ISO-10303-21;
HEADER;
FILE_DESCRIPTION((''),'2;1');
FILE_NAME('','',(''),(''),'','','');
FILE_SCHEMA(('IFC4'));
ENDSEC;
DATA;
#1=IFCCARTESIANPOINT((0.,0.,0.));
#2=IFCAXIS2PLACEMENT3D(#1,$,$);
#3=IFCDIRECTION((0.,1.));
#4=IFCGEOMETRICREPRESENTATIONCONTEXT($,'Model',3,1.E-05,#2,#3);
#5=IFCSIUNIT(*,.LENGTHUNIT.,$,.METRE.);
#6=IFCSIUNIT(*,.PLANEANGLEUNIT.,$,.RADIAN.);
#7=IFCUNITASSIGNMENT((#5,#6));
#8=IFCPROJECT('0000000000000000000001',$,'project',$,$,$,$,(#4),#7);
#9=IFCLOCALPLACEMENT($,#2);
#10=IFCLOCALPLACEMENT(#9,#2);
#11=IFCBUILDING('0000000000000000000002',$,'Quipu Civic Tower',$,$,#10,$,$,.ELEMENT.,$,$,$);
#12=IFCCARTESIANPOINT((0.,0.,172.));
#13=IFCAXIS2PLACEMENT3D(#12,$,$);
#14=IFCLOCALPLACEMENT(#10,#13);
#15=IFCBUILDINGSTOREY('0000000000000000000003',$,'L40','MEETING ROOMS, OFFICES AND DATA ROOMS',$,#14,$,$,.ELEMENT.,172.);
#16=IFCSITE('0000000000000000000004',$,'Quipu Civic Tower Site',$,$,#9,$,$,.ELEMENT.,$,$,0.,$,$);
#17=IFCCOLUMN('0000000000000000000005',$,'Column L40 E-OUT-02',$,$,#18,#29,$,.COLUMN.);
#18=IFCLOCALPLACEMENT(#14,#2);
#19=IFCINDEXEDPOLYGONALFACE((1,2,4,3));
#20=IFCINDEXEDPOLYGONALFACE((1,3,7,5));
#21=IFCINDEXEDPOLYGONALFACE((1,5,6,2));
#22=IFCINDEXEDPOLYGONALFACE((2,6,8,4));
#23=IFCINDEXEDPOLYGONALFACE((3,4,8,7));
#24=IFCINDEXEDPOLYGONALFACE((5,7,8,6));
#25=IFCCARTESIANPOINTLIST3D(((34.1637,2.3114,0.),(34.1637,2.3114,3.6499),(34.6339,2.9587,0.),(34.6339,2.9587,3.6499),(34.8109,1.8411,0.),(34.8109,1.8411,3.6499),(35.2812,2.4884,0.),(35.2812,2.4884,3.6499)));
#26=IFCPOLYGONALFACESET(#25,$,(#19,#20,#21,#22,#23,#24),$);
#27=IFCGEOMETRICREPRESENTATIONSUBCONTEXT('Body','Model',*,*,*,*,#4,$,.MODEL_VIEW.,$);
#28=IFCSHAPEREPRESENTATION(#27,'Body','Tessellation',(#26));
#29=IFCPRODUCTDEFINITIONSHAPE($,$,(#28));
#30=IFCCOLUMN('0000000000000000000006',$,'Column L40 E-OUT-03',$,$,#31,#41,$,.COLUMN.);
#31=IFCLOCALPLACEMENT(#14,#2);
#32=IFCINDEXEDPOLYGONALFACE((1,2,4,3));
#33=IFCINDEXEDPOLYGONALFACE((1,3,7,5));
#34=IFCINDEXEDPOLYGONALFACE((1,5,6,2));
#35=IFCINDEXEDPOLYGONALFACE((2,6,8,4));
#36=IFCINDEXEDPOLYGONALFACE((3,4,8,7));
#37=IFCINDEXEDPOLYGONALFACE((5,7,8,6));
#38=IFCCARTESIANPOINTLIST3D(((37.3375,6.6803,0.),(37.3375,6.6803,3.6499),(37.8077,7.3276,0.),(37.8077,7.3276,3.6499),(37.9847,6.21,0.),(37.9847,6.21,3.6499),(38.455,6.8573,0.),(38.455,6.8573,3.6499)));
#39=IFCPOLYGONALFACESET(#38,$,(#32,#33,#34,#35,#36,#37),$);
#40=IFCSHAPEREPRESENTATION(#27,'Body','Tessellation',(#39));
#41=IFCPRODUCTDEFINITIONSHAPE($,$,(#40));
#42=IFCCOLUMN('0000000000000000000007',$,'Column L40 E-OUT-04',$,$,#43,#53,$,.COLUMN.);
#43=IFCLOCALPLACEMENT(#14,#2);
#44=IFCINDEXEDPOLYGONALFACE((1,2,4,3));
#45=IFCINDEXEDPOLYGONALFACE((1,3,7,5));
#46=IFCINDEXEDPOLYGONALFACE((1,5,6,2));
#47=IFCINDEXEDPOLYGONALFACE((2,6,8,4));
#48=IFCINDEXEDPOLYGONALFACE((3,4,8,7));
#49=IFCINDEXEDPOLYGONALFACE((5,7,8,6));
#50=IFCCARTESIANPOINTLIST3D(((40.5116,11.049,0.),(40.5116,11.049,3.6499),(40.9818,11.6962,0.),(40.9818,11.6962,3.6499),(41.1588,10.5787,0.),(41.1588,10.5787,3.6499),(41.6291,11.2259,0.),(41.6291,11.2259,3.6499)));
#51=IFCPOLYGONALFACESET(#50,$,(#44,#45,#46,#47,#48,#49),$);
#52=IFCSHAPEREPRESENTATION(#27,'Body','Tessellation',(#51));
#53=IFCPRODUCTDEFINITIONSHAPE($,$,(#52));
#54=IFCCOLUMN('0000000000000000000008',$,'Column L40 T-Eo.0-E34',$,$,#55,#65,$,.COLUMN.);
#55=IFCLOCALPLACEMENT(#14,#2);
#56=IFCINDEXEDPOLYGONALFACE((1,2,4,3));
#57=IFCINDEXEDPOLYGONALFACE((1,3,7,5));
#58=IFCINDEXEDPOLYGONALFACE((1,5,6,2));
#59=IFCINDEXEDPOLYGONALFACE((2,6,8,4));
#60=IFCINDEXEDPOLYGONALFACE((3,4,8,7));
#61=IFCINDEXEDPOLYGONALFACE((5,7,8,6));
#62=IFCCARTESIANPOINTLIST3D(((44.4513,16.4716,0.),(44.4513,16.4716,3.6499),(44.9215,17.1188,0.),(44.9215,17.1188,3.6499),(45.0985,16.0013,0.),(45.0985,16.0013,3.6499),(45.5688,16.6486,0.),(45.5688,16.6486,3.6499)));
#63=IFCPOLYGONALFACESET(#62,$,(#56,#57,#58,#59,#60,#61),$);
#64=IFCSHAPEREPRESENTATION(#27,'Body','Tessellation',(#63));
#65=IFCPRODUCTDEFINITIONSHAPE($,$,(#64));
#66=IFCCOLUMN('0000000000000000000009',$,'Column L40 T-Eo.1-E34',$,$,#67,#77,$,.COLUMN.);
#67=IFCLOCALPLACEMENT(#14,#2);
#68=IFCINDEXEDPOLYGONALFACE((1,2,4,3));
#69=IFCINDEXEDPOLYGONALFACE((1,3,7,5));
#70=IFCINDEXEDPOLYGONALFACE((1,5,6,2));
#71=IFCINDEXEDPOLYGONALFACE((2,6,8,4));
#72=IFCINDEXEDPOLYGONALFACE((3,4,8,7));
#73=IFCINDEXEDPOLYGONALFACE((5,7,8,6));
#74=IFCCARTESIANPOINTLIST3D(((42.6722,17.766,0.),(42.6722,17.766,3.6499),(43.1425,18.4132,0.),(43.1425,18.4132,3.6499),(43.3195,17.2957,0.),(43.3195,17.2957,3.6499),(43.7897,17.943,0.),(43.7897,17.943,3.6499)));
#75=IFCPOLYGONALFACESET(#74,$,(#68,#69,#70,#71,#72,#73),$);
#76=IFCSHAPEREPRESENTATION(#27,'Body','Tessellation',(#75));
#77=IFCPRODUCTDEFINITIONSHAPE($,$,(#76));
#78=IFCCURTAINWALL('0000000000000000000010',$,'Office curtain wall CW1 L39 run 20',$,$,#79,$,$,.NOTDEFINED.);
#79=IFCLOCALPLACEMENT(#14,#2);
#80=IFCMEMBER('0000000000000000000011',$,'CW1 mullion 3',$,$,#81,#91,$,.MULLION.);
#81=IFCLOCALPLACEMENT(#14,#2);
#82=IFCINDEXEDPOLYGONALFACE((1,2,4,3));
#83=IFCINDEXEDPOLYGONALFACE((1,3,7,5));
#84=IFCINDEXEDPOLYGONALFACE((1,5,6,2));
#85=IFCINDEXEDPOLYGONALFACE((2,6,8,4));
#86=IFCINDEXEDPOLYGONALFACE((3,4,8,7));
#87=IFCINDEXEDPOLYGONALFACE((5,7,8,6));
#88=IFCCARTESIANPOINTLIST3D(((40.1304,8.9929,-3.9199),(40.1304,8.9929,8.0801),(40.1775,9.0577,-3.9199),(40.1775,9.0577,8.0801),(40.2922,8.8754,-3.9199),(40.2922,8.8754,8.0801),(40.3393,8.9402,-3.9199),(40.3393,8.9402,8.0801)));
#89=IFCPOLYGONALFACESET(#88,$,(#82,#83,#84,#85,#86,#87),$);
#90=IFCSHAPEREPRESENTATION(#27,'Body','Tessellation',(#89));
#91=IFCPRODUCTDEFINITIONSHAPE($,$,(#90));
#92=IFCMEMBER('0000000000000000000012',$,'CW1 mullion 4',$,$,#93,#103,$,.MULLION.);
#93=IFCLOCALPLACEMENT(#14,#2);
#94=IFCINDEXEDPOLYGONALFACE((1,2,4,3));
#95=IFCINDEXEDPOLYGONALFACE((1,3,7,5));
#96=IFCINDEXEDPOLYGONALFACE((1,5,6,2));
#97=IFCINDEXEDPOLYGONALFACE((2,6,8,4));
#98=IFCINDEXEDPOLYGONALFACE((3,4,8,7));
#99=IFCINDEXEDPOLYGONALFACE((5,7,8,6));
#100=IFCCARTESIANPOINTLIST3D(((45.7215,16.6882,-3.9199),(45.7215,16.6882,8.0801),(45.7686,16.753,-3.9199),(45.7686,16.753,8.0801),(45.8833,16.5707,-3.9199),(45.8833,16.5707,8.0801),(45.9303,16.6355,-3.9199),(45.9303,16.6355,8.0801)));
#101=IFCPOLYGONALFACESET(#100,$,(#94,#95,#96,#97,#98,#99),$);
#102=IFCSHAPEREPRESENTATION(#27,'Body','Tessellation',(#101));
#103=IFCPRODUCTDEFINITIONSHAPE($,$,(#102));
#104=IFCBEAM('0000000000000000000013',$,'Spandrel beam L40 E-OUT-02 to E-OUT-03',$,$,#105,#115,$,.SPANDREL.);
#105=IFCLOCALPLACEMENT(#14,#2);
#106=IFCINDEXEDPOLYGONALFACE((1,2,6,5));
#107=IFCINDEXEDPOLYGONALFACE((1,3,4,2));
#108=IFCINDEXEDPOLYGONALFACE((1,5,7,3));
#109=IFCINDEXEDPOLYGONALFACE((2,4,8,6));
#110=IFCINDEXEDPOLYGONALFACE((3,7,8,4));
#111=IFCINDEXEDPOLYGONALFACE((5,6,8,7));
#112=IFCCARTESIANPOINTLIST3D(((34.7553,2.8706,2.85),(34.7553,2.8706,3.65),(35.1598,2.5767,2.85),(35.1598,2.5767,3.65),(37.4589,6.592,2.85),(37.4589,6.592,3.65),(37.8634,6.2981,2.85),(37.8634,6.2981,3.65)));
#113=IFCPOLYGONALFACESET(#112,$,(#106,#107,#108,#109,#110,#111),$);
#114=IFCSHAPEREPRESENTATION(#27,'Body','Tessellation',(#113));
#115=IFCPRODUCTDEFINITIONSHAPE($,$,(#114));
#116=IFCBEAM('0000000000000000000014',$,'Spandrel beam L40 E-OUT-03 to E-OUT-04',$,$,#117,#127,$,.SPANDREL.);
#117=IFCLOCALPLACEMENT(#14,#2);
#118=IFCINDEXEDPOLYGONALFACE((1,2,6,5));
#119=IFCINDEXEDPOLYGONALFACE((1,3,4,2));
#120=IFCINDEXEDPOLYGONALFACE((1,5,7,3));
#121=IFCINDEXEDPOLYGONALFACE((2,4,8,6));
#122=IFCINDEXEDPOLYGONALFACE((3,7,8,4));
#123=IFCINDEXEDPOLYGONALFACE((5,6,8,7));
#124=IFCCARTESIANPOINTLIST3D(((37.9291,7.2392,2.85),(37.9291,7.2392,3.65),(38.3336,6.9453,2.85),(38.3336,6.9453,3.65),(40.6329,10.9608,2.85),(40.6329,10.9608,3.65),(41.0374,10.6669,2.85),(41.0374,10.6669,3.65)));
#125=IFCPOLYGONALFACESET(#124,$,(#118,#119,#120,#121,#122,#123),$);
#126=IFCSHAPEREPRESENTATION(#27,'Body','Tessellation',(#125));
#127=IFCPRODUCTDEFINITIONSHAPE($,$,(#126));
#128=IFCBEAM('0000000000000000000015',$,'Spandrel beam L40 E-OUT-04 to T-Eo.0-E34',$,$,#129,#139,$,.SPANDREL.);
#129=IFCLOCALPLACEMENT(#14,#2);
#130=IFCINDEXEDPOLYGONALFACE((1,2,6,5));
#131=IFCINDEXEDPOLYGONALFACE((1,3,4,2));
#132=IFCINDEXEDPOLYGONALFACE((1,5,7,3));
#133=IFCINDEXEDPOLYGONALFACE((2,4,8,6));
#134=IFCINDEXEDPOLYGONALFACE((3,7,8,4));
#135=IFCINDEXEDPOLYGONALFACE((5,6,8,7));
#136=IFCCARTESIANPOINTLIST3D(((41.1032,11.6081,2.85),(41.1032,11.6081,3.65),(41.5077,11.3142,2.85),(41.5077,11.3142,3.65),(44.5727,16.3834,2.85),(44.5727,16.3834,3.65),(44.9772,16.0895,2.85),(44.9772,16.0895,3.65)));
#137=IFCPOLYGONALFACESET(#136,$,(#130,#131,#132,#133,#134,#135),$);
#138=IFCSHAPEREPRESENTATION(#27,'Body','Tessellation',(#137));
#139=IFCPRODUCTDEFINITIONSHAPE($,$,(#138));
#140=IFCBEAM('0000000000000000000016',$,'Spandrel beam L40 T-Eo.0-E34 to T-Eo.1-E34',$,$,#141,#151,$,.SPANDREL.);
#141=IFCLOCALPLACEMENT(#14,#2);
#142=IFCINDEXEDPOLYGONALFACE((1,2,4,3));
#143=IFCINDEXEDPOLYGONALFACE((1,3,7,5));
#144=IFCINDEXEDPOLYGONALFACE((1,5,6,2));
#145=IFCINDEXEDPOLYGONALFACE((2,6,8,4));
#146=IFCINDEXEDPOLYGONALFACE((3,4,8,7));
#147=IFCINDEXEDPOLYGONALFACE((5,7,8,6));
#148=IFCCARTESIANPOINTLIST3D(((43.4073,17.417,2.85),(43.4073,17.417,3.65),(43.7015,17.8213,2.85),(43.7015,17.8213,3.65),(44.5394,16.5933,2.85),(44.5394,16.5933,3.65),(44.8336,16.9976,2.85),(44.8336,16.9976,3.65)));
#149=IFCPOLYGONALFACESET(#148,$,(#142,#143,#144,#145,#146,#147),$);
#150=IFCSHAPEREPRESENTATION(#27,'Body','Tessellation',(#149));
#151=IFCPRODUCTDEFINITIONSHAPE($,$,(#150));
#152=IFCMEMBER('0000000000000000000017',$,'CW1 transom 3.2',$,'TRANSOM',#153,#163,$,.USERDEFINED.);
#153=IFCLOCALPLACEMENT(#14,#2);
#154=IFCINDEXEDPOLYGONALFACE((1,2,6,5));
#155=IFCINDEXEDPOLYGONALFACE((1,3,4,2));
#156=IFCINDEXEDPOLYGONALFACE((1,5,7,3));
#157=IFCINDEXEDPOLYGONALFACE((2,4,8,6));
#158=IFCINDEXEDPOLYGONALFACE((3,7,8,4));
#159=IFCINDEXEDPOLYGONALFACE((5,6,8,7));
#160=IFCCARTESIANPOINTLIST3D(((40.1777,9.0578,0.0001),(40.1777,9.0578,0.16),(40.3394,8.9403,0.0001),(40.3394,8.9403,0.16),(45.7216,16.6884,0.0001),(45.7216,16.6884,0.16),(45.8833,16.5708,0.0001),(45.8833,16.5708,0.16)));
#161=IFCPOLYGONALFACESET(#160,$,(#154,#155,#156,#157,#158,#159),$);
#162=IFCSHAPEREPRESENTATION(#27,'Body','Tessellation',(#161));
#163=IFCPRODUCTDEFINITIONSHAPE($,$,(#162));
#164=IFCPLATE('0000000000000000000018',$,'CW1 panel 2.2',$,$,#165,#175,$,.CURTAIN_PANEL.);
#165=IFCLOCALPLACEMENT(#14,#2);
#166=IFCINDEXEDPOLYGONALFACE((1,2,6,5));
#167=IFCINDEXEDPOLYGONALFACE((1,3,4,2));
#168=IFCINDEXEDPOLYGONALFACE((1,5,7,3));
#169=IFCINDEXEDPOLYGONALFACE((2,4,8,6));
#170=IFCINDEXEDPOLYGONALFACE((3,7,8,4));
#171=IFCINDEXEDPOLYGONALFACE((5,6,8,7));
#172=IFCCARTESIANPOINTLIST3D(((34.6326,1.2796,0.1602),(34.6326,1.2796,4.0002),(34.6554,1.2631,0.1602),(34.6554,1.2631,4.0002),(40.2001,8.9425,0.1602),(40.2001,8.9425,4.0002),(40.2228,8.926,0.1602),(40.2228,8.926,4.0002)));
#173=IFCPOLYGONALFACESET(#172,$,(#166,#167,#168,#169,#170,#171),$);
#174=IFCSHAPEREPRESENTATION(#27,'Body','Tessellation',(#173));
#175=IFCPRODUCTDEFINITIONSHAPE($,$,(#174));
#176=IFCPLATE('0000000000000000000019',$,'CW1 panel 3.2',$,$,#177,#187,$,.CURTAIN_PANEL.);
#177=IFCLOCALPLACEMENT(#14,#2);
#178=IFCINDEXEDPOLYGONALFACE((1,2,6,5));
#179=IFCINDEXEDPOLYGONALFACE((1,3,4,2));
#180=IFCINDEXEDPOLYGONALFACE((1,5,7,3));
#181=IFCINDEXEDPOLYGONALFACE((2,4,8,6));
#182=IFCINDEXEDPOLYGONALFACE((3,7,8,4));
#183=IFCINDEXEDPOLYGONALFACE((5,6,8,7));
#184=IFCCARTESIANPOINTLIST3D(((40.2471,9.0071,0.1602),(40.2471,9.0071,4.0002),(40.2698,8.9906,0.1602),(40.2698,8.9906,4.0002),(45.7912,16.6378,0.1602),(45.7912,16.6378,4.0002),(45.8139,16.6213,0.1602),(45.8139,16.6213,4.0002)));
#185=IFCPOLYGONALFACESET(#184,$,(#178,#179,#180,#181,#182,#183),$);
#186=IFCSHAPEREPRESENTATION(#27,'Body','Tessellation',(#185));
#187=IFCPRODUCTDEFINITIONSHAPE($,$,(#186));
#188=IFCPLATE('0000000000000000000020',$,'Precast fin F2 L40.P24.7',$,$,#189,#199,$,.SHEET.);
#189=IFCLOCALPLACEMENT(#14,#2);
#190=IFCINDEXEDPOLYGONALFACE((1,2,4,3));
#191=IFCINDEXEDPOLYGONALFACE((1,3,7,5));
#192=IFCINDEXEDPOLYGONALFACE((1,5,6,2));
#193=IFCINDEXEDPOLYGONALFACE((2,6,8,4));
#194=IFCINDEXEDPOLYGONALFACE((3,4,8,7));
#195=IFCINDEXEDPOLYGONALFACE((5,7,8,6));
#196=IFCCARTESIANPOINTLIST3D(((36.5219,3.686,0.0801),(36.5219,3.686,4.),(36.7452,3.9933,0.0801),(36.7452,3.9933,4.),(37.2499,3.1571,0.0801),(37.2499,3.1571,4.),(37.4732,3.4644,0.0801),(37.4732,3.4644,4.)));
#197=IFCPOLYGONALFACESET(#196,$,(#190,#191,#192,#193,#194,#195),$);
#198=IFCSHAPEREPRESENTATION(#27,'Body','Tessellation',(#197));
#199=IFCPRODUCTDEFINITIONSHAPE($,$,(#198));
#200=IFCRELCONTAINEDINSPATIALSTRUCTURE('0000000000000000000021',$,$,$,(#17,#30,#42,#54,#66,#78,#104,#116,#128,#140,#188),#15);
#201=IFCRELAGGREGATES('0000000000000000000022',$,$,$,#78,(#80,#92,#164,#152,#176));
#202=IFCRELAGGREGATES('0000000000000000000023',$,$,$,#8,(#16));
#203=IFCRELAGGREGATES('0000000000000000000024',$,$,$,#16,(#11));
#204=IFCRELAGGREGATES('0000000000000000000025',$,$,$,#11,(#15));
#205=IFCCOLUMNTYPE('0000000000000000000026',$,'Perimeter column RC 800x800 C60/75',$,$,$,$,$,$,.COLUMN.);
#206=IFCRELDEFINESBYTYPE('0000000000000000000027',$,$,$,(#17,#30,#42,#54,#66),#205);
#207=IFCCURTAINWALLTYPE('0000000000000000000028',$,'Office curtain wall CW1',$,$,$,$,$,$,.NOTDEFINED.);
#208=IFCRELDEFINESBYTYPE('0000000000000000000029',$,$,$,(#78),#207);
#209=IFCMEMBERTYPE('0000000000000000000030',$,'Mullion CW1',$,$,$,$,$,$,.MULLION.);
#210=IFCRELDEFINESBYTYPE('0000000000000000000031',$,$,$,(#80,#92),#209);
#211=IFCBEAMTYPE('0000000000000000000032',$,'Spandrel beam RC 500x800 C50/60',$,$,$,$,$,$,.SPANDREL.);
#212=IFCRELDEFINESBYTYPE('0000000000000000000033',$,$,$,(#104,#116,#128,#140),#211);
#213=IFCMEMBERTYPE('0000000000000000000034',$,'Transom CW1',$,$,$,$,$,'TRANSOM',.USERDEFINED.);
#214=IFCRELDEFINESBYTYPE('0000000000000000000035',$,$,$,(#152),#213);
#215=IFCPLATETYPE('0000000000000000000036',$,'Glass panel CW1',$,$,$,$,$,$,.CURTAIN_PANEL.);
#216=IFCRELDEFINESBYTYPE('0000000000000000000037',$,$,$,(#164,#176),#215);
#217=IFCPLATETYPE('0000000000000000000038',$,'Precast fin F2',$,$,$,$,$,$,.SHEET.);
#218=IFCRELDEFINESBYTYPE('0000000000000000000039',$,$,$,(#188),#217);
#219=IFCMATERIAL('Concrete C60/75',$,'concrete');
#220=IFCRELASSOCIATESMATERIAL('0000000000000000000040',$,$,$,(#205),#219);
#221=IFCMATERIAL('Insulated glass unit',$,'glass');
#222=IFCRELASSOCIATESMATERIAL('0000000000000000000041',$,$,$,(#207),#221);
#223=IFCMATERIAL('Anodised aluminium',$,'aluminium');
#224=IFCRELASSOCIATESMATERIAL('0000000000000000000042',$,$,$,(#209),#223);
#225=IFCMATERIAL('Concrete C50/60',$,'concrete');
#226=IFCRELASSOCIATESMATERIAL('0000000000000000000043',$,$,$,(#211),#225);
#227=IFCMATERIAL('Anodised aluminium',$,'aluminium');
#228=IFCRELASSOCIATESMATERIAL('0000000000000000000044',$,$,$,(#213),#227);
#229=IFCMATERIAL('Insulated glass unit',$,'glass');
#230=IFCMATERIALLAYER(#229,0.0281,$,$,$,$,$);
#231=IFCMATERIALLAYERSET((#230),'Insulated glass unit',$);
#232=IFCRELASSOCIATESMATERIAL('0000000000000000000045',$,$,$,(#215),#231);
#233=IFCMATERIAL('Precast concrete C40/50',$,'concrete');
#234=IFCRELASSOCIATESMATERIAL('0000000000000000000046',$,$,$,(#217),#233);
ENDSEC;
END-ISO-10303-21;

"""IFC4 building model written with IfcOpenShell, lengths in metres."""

from ifc_helpers import new_model, si_unit, direction, frame, origin, origin_2d, place, context, subcontext, project, spatial, rectangle, extrude, material, layer, layer_set, material_profile, profile_set, type_object, element, aggregate, save


model = new_model("IFC4")

# Units and contexts
model_context = context("Model", 3, precision=1e-05, world=origin(), true_north=direction((0.0, 1.0)))
body_context = subcontext(model_context, "Body", "Model", "MODEL_VIEW")
ifc_project = project(units=[si_unit("LENGTHUNIT", "METRE"), si_unit("PLANEANGLEUNIT", "RADIAN")], contexts=[model_context])

# Site, building, storey
site_placement = place(None, origin())
site = spatial("IfcSite", under=ifc_project, at=site_placement, Name="Quipu Civic Tower Site", CompositionType="ELEMENT", RefElevation=0.0)
building_placement = place(site_placement, origin())
building = spatial("IfcBuilding", under=site, at=building_placement, Name="Quipu Civic Tower", CompositionType="ELEMENT")
storey_placement = place(building_placement, frame((0.0, 0.0, 172.0)))
storey = spatial("IfcBuildingStorey", under=building, at=storey_placement, Name="L40", Description="MEETING ROOMS, OFFICES AND DATA ROOMS", CompositionType="ELEMENT", Elevation=172.0)

# Columns
ifc_material_1 = material(Name="Concrete C60/75", Category="concrete")
ifc_material_profile_1 = material_profile(ifc_material_1, rectangle(XDim=0.8, YDim=0.8, at=origin_2d()), Name="RC800x800")
ifc_profile_set_1 = profile_set([ifc_material_profile_1], Name="Concrete C60/75")
column_type = type_object("IfcColumnType", Name="Perimeter column RC 800x800 C60/75", PredefinedType="COLUMN", material=ifc_profile_set_1)
for number, where, z_axis, x_axis, name in (
    (1, (34.7224, 2.3999, 0.0), (0.0, 0.0, 1.0), (0.587785, 0.809017, 0.0), "Column L40 E-OUT-02"),
    (2, (37.8962, 6.7688, 0.0), (0.0, 0.0, 1.0), (0.587785, 0.809017, 0.0), "Column L40 E-OUT-03"),
    (3, (41.0703, 11.1375, 0.0), (0.0, 0.0, 1.0), (0.587785, 0.809017, 0.0), "Column L40 E-OUT-04"),
    (4, (45.01, 16.5601, 0.0), (0.0, 0.0, 1.0), (0.587785, 0.809017, 0.0), "Column L40 T-Eo.0-E34"),
    (5, (43.231, 17.8545, 0.0), (0.0, 0.0, 1.0), (0.587785, 0.809017, 0.0), "Column L40 T-Eo.1-E34"),
):
    element("IfcColumn", number, at=place(storey_placement, frame(where, z_axis=z_axis, x_axis=x_axis)), inside=storey, type_object=column_type, Name=name, PredefinedType="COLUMN", context=body_context, shape_type="SweptSolid", body=[
        extrude(rectangle(XDim=0.8, YDim=0.8, at=origin_2d()), origin(), (0.0, 0.0, 1.0), 3.6499),
    ])

# Curtain wall, members
ifc_material_2 = material(Name="Insulated glass unit", Category="glass")
curtain_wall_type = type_object("IfcCurtainWallType", Name="Office curtain wall CW1", PredefinedType="NOTDEFINED", material=ifc_material_2)
curtain_wall_placement = place(storey_placement, origin())
curtain_wall = element("IfcCurtainWall", 6, at=curtain_wall_placement, inside=storey, type_object=curtain_wall_type, Name="Office curtain wall CW1 L39 run 20", PredefinedType="NOTDEFINED")
ifc_material_3 = material(Name="Anodised aluminium", Category="aluminium")
ifc_material_profile_2 = material_profile(ifc_material_3, rectangle(XDim=0.2, YDim=0.0801, at=origin_2d()), Name="RECT 200x80")
ifc_profile_set_2 = profile_set([ifc_material_profile_2], Name="Anodised aluminium")
member_type_1 = type_object("IfcMemberType", Name="Mullion CW1", PredefinedType="MULLION", material=ifc_profile_set_2)
member_1_placement = place(storey_placement, frame((40.2349, 8.9666, -3.9199), z_axis=(0.0, 0.0, 1.0), x_axis=(-0.809017, 0.587786, 0.0)))
member_1 = element("IfcMember", 7, at=member_1_placement, type_object=member_type_1, Name="CW1 mullion 3", PredefinedType="MULLION", context=body_context, shape_type="SweptSolid", body=[
    extrude(rectangle(XDim=0.2, YDim=0.0801, at=origin_2d()), origin(), (0.0, 0.0, 1.0), 12.0),
])
member_2_placement = place(storey_placement, frame((45.8259, 16.6619, -3.9199), z_axis=(0.0, 0.0, 1.0), x_axis=(-0.809017, 0.587786, 0.0)))
member_2 = element("IfcMember", 8, at=member_2_placement, type_object=member_type_1, Name="CW1 mullion 4", PredefinedType="MULLION", context=body_context, shape_type="SweptSolid", body=[
    extrude(rectangle(XDim=0.2, YDim=0.0801, at=origin_2d()), origin(), (0.0, 0.0, 1.0), 12.0),
])

# Beams
ifc_material_4 = material(Name="Concrete C50/60", Category="concrete")
ifc_material_profile_3 = material_profile(ifc_material_4, rectangle(XDim=0.5, YDim=0.8, at=origin_2d()), Name="RC500x800")
ifc_profile_set_3 = profile_set([ifc_material_profile_3], Name="Concrete C50/60")
beam_type = type_object("IfcBeamType", Name="Spandrel beam RC 500x800 C50/60", PredefinedType="SPANDREL", material=ifc_profile_set_3)
beam_1_placement = place(storey_placement, frame((34.9575, 2.7236, 3.25), z_axis=(0.587761, 0.809034, 0.0), x_axis=(-0.809034, 0.587761, 0.0)))
element("IfcBeam", 9, at=beam_1_placement, inside=storey, type_object=beam_type, Name="Spandrel beam L40 E-OUT-02 to E-OUT-03", PredefinedType="SPANDREL", context=body_context, shape_type="SweptSolid", body=[
    extrude(rectangle(XDim=0.5, YDim=0.8, at=origin_2d()), origin(), (0.0, 0.0, 1.0), 4.5999),
])
beam_2_placement = place(storey_placement, frame((38.1313, 7.0923, 3.25), z_axis=(0.587771, 0.809027, 0.0), x_axis=(-0.809027, 0.587771, 0.0)))
element("IfcBeam", 10, at=beam_2_placement, inside=storey, type_object=beam_type, Name="Spandrel beam L40 E-OUT-03 to E-OUT-04", PredefinedType="SPANDREL", context=body_context, shape_type="SweptSolid", body=[
    extrude(rectangle(XDim=0.5, YDim=0.8, at=origin_2d()), origin(), (0.0, 0.0, 1.0), 4.6001),
])
beam_3_placement = place(storey_placement, frame((41.3054, 11.4612, 3.25), z_axis=(0.5878, 0.809006, 0.0), x_axis=(-0.809006, 0.5878, 0.0)))
element("IfcBeam", 11, at=beam_3_placement, inside=storey, type_object=beam_type, Name="Spandrel beam L40 E-OUT-04 to T-Eo.0-E34", PredefinedType="SPANDREL", context=body_context, shape_type="SweptSolid", body=[
    extrude(rectangle(XDim=0.5, YDim=0.8, at=origin_2d()), origin(), (0.0, 0.0, 1.0), 5.9026),
])
beam_4_placement = place(storey_placement, frame((44.6865, 16.7954, 3.25), z_axis=(-0.8086, 0.588358, 0.0), x_axis=(-0.588358, -0.8086, 0.0)))
element("IfcBeam", 12, at=beam_4_placement, inside=storey, type_object=beam_type, Name="Spandrel beam L40 T-Eo.0-E34 to T-Eo.1-E34", PredefinedType="SPANDREL", context=body_context, shape_type="SweptSolid", body=[
    extrude(rectangle(XDim=0.5, YDim=0.8, at=origin_2d()), origin(), (0.0, 0.0, 1.0), 1.4001),
])

# Member
ifc_material_5 = material(Name="Anodised aluminium", Category="aluminium")
ifc_material_profile_4 = material_profile(ifc_material_5, rectangle(XDim=0.2, YDim=0.1599, at=origin_2d()), Name="RECT 200x160")
ifc_profile_set_4 = profile_set([ifc_material_profile_4], Name="Anodised aluminium")
member_type_2 = type_object("IfcMemberType", Name="Transom CW1", ElementType="TRANSOM", PredefinedType="USERDEFINED", material=ifc_profile_set_4)
member_3_placement = place(storey_placement, frame((40.2585, 8.999, 0.0801), z_axis=(0.587784, 0.809018, 0.0), x_axis=(-0.809018, 0.587784, 0.0)))
member_3 = element("IfcMember", 13, at=member_3_placement, type_object=member_type_2, Name="CW1 transom 3.2", ObjectType="TRANSOM", PredefinedType="USERDEFINED", context=body_context, shape_type="SweptSolid", body=[
    extrude(rectangle(XDim=0.2, YDim=0.1599, at=origin_2d()), origin(), (0.0, 0.0, 1.0), 9.4319),
])

# Plates
ifc_material_6 = material(Name="Insulated glass unit", Category="glass")
ifc_layer_1 = layer(ifc_material_6, 0.0281)
ifc_layer_set_1 = layer_set([ifc_layer_1], Name="Insulated glass unit")
plate_type_1 = type_object("IfcPlateType", Name="Glass panel CW1", PredefinedType="CURTAIN_PANEL", material=ifc_layer_set_1)
plate_1_placement = place(storey_placement, frame((37.4277, 5.1028, 0.1602), z_axis=(0.0, 0.0, 1.0), x_axis=(0.587786, 0.809017, 0.0)))
plate_1 = element("IfcPlate", 14, at=plate_1_placement, type_object=plate_type_1, Name="CW1 panel 2.2", PredefinedType="CURTAIN_PANEL", context=body_context, shape_type="SweptSolid", body=[
    extrude(rectangle(XDim=9.4719, YDim=0.0281, at=origin_2d()), origin(), (0.0, 0.0, 1.0), 3.8401),
])
plate_2_placement = place(storey_placement, frame((43.0305, 12.8142, 0.1602), z_axis=(0.0, 0.0, 1.0), x_axis=(0.587786, 0.809017, 0.0)))
plate_2 = element("IfcPlate", 15, at=plate_2_placement, type_object=plate_type_1, Name="CW1 panel 3.2", PredefinedType="CURTAIN_PANEL", context=body_context, shape_type="SweptSolid", body=[
    extrude(rectangle(XDim=9.4321, YDim=0.0281, at=origin_2d()), origin(), (0.0, 0.0, 1.0), 3.8401),
])
aggregate(curtain_wall, [member_1, member_2, plate_1, member_3, plate_2])

# Plate
ifc_material_7 = material(Name="Precast concrete C40/50", Category="concrete")
plate_type_2 = type_object("IfcPlateType", Name="Precast fin F2", PredefinedType="SHEET", material=ifc_material_7)
for number, where, z_axis, x_axis, name in (
    (16, (36.9976, 3.5752, 0.0801), (0.0, 0.0, 1.0), (0.587786, 0.809017, 0.0), "Precast fin F2 L40.P24.7"),
):
    element("IfcPlate", number, at=place(storey_placement, frame(where, z_axis=z_axis, x_axis=x_axis)), inside=storey, type_object=plate_type_2, Name=name, PredefinedType="SHEET", context=body_context, shape_type="SweptSolid", body=[
        extrude(rectangle(XDim=0.3799, YDim=0.8999, at=origin_2d()), origin(), (0.0, 0.0, 1.0), 3.9199),
    ])

save(model, "model.ifc")
